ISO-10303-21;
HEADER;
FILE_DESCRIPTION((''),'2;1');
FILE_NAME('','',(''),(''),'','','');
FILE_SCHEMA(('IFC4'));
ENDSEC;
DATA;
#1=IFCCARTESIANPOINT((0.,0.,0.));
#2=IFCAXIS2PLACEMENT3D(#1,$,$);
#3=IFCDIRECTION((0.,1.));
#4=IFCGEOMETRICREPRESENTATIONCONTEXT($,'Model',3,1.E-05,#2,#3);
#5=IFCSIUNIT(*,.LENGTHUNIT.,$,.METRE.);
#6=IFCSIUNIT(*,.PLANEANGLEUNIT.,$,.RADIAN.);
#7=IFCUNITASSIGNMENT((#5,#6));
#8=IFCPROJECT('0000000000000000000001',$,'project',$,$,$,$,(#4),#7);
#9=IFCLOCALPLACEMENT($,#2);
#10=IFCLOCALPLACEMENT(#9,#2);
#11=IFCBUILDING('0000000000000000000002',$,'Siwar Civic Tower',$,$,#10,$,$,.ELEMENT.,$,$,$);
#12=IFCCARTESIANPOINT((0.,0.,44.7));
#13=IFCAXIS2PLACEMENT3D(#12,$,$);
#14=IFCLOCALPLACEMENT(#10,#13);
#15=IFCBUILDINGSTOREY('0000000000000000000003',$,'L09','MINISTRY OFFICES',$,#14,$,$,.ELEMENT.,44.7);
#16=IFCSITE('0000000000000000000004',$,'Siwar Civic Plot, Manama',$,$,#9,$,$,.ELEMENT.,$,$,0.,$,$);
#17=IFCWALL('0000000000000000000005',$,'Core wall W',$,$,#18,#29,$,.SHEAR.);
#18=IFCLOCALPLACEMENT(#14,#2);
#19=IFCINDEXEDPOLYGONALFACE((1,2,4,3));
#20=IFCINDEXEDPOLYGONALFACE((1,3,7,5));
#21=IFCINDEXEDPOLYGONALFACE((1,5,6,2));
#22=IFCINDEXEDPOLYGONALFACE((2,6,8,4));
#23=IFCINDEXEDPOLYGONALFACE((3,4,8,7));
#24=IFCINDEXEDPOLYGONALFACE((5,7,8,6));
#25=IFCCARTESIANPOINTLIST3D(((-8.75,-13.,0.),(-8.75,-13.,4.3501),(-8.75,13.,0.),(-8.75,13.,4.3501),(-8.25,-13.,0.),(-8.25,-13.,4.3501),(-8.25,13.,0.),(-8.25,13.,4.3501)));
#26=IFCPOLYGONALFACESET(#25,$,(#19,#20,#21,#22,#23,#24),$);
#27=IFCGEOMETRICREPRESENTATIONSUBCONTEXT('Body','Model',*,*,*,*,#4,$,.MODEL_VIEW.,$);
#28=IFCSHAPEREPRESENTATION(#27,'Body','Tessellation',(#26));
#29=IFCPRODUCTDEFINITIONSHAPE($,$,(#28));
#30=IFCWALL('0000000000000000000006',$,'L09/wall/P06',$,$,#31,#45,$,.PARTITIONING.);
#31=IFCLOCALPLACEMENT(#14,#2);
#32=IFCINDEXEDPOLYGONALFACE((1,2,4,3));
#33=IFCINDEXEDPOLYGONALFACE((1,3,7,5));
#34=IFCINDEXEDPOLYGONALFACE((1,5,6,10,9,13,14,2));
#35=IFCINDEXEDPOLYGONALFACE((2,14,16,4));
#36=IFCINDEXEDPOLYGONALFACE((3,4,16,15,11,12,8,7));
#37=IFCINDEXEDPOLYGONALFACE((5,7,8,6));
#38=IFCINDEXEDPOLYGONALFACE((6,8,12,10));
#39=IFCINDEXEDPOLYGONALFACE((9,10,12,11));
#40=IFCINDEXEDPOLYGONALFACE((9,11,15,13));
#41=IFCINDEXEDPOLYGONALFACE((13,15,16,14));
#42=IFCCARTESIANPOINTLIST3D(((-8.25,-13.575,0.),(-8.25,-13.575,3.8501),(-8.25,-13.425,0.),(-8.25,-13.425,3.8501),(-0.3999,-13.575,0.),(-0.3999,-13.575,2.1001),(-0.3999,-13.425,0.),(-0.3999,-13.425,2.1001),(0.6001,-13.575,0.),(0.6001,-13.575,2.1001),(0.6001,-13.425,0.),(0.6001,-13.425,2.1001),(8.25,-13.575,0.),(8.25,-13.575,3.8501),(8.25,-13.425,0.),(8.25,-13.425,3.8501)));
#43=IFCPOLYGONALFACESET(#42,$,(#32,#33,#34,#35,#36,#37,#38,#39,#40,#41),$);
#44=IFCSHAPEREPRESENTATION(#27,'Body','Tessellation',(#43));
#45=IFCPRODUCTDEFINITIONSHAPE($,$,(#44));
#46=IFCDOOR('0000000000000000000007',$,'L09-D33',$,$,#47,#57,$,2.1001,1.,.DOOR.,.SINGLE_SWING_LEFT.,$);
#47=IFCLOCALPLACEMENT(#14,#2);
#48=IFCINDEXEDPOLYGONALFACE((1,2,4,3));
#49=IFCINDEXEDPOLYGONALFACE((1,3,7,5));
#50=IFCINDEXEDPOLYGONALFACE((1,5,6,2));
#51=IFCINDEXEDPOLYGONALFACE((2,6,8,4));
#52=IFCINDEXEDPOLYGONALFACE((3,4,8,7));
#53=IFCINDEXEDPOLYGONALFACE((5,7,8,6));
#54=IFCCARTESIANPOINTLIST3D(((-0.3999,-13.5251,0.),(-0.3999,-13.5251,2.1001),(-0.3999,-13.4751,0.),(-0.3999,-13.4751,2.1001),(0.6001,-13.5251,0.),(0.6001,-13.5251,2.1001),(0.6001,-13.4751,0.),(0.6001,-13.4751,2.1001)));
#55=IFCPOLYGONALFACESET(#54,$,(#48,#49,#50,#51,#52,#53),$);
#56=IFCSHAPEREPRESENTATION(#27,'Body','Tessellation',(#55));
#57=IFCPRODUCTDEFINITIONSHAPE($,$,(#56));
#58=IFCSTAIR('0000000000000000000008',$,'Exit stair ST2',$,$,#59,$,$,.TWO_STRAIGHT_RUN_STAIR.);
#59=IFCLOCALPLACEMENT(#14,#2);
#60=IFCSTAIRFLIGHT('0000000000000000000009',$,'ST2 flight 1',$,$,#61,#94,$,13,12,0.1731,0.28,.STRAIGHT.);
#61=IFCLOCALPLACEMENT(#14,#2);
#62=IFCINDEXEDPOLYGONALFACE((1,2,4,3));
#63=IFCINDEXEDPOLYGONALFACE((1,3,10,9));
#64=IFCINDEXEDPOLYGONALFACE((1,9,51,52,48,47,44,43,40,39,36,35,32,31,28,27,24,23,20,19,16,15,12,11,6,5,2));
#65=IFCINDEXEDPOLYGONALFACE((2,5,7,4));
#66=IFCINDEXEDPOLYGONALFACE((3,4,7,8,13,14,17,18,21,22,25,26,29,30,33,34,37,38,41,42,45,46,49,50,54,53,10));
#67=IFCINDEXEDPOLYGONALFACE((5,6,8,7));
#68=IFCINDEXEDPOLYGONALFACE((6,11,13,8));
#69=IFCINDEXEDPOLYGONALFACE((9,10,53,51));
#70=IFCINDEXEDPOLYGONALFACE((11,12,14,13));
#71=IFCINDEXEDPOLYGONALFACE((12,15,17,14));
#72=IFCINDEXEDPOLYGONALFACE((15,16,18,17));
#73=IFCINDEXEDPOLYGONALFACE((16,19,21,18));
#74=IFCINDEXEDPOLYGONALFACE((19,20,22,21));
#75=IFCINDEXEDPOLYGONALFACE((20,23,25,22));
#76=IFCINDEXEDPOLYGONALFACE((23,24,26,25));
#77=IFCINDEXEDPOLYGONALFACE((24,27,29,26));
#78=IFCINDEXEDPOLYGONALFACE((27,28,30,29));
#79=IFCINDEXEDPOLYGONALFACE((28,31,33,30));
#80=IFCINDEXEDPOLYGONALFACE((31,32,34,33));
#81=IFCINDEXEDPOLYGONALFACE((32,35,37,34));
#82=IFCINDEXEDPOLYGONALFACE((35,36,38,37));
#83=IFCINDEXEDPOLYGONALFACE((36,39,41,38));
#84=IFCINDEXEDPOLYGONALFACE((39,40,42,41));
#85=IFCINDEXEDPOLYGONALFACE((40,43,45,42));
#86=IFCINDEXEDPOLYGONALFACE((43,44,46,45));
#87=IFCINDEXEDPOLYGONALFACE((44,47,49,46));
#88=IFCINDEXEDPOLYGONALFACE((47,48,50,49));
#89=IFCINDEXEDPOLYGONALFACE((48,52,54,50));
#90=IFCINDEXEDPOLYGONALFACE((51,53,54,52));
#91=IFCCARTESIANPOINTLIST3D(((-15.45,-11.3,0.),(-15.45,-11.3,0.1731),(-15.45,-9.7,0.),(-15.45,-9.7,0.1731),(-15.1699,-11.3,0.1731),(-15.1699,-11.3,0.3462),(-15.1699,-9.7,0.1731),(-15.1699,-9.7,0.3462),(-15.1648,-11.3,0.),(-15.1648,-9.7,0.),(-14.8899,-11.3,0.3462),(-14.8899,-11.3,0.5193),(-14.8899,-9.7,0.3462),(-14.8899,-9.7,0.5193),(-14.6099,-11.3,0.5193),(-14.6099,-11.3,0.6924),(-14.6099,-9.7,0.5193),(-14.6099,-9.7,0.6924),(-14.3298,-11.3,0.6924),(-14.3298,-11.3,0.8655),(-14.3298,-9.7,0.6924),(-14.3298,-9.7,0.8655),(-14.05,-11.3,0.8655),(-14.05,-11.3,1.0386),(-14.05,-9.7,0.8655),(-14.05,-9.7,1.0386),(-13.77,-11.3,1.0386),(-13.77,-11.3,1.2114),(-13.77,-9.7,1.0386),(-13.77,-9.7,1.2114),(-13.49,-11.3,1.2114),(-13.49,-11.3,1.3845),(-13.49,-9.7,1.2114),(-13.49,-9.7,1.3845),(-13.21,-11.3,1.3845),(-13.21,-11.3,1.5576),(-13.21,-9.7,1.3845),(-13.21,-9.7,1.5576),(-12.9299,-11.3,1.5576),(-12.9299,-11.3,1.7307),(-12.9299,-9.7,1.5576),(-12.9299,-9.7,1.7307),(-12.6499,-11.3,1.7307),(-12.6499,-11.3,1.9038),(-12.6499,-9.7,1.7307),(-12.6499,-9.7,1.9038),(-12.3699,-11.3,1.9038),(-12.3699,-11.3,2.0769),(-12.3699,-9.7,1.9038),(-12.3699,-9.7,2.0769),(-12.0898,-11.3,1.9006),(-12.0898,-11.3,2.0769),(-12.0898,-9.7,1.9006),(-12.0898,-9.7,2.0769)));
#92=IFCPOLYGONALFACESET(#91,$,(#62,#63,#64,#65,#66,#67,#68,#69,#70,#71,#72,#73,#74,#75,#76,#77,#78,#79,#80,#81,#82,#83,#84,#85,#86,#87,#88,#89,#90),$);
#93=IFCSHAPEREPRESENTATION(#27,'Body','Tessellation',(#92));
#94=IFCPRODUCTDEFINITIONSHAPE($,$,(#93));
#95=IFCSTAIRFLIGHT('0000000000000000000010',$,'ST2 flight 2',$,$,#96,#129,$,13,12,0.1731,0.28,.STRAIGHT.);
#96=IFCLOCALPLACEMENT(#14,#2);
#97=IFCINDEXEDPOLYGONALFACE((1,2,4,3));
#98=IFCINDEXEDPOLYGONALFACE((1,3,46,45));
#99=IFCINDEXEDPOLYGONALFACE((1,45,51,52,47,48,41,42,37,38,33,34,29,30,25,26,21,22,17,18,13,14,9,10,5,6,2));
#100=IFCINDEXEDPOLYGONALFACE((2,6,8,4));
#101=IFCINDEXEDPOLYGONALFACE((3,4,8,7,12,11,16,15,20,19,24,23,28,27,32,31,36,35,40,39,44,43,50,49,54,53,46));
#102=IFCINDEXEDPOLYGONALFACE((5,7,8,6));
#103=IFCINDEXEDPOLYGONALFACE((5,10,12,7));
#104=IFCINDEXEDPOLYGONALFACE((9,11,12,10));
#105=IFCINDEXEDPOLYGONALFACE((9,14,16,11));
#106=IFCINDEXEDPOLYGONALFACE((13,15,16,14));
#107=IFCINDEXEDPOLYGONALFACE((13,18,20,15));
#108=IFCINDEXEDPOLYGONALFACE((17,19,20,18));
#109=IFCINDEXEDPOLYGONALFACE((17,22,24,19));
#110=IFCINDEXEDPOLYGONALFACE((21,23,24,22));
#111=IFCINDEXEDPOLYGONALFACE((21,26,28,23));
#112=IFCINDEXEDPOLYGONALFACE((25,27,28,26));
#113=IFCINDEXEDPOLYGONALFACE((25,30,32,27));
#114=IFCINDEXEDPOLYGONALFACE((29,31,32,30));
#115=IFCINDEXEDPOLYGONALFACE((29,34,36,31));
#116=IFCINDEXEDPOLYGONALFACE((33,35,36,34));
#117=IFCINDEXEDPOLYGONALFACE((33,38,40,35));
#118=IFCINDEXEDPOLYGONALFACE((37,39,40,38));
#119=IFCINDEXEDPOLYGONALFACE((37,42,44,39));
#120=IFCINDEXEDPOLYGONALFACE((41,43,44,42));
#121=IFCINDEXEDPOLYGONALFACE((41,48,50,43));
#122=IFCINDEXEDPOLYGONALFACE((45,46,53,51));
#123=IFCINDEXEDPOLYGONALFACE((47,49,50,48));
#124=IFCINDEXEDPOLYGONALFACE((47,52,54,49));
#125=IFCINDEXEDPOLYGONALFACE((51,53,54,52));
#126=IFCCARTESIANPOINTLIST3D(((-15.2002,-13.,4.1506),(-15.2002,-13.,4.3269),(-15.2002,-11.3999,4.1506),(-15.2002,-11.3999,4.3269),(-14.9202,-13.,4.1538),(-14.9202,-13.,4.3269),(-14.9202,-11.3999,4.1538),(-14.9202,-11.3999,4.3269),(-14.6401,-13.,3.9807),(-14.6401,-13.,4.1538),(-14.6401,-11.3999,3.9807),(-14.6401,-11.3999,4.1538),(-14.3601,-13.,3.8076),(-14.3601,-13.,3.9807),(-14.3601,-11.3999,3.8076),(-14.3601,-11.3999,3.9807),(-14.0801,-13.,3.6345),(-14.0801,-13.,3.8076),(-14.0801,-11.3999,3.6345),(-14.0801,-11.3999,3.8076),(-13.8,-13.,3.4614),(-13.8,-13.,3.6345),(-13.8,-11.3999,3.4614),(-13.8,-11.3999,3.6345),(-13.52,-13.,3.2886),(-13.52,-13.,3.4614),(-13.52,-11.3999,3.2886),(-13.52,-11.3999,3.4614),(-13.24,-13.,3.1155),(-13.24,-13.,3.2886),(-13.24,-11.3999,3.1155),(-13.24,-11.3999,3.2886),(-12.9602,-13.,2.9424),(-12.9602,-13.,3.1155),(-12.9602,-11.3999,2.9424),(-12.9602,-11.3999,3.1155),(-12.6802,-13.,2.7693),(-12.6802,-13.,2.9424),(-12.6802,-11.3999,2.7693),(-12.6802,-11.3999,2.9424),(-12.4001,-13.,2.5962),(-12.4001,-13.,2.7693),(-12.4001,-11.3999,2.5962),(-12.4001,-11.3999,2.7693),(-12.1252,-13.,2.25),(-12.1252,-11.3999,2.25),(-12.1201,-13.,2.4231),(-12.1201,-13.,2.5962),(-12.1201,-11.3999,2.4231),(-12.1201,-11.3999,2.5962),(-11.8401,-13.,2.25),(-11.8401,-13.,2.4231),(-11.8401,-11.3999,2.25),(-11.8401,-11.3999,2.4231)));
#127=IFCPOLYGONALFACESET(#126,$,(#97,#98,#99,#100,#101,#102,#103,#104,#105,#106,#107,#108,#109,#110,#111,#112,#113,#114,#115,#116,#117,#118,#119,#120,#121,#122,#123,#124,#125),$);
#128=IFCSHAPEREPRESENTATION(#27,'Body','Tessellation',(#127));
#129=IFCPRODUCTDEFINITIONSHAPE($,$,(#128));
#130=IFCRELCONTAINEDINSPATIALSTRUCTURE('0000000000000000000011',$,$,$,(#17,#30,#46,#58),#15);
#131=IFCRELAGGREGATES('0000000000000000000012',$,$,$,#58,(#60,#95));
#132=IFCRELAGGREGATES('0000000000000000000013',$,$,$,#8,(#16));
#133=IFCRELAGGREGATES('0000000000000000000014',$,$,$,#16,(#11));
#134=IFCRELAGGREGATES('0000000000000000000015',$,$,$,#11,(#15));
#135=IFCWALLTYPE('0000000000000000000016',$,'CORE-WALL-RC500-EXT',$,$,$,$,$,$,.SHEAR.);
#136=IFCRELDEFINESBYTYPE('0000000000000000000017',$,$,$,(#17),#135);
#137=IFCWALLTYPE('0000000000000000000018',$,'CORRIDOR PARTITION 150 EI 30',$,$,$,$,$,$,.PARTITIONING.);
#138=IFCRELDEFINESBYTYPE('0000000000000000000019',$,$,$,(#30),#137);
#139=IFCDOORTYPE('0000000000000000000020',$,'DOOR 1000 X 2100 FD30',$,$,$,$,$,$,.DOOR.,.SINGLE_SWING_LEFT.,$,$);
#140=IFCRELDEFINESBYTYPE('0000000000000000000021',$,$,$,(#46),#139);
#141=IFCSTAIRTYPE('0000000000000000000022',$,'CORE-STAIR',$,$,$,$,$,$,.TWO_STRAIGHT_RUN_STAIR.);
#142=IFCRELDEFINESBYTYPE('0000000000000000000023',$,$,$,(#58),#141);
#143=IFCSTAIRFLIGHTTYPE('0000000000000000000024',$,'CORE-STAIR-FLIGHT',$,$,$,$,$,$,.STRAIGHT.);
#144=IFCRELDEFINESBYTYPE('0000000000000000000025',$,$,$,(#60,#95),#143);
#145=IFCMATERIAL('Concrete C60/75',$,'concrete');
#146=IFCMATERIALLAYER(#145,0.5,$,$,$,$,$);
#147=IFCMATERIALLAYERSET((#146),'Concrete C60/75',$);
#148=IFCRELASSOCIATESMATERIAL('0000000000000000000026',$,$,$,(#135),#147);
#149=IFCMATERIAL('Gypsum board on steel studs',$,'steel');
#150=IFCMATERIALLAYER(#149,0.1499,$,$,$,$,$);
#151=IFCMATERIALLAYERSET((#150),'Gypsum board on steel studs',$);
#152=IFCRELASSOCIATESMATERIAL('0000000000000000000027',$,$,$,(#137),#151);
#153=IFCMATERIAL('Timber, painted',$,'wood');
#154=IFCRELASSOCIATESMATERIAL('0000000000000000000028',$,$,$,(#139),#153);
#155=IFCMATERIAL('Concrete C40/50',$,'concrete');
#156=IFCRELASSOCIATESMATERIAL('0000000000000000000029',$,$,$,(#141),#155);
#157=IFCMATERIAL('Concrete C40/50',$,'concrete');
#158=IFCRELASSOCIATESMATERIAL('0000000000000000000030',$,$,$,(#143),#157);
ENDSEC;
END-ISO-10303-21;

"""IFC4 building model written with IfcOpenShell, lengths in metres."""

from ifc_helpers import new_model, si_unit, direction, frame, frame_2d, origin, place, context, subcontext, project, spatial, polyline, rectangle, outline, extrude, material, layer, layer_set, type_object, element, fill, aggregate, save


model = new_model("IFC4")

# Units and contexts
model_context = context("Model", 3, precision=1e-05, world=origin(), true_north=direction((0.0, 1.0)))
body_context = subcontext(model_context, "Body", "Model", "MODEL_VIEW")
ifc_project = project(units=[si_unit("LENGTHUNIT", "METRE"), si_unit("PLANEANGLEUNIT", "RADIAN")], contexts=[model_context])

# Site, building, storey
site_placement = place(None, origin())
site = spatial("IfcSite", under=ifc_project, at=site_placement, Name="Siwar Civic Plot, Manama", CompositionType="ELEMENT", RefElevation=0.0)
building_placement = place(site_placement, origin())
building = spatial("IfcBuilding", under=site, at=building_placement, Name="Siwar Civic Tower", CompositionType="ELEMENT")
storey_placement = place(building_placement, frame((0.0, 0.0, 44.7)))
storey = spatial("IfcBuildingStorey", under=building, at=storey_placement, Name="L09", Description="MINISTRY OFFICES", CompositionType="ELEMENT", Elevation=44.7)

# Wall
ifc_material_1 = material(Name="Concrete C60/75", Category="concrete")
ifc_layer_1 = layer(ifc_material_1, 0.5)
ifc_layer_set_1 = layer_set([ifc_layer_1], Name="Concrete C60/75")
wall_type_1 = type_object("IfcWallType", Name="CORE-WALL-RC500-EXT", PredefinedType="SHEAR", material=ifc_layer_set_1)
wall_1_placement = place(storey_placement, frame((-8.5, -13.0, 0.0), z_axis=(0.0, 0.0, 1.0), x_axis=(0.0, 1.0, 0.0)))
element("IfcWall", 1, at=wall_1_placement, inside=storey, type_object=wall_type_1, Name="Core wall W", PredefinedType="SHEAR", context=body_context, shape_type="SweptSolid", body=[
    extrude(rectangle(XDim=26.0, YDim=0.5, at=frame_2d((13.0, 0.0))), origin(), (0.0, 0.0, 1.0), 4.3501),
])

# Wall, opening, door
ifc_material_2 = material(Name="Gypsum board on steel studs", Category="steel")
ifc_layer_2 = layer(ifc_material_2, 0.1499)
ifc_layer_set_2 = layer_set([ifc_layer_2], Name="Gypsum board on steel studs")
wall_type_2 = type_object("IfcWallType", Name="CORRIDOR PARTITION 150 EI 30", PredefinedType="PARTITIONING", material=ifc_layer_set_2)
wall_2_placement = place(storey_placement, frame((-8.25, -13.5, 0.0), z_axis=(0.0, 0.0, 1.0), x_axis=(1.0, 0.0, 0.0)))
wall_2 = element("IfcWall", 2, at=wall_2_placement, inside=storey, type_object=wall_type_2, Name="L09/wall/P06", PredefinedType="PARTITIONING", context=body_context, shape_type="SweptSolid", body=[
    extrude(rectangle(XDim=16.5, YDim=0.1499, at=frame_2d((8.25, 0.0))), origin(), (0.0, 0.0, 1.0), 3.8501),
])
opening_1_placement = place(wall_2_placement, frame((7.8501, 0.0, 0.0)))
opening_1 = element("IfcOpeningElement", 3, at=opening_1_placement, cuts=wall_2, PredefinedType="OPENING", context=body_context, shape_type="SweptSolid", body=[
    extrude(rectangle(XDim=1.0, YDim=2.1001, at=frame_2d((0.5, 1.05))), frame((0.0, 0.085, 0.0), z_axis=(0.0, -1.0, 0.0), x_axis=(1.0, 0.0, 0.0)), (0.0, 0.0, 1.0), 0.1699),
])
ifc_material_3 = material(Name="Timber, painted", Category="wood")
door_type_1 = type_object("IfcDoorType", Name="DOOR 1000 X 2100 FD30", OperationType="SINGLE_SWING_LEFT", PredefinedType="DOOR", material=ifc_material_3)
door_1_placement = place(opening_1_placement, origin())
door_1 = element("IfcDoor", 4, at=door_1_placement, inside=storey, type_object=door_type_1, Name="L09-D33", OperationType="SINGLE_SWING_LEFT", OverallHeight=2.1001, OverallWidth=1.0, PredefinedType="DOOR", context=body_context, shape_type="SweptSolid", body=[
    extrude(rectangle(XDim=1.0, YDim=2.1001, at=frame_2d((0.5, 1.05))), frame((0.0, 0.0249, 0.0), z_axis=(0.0, -1.0, 0.0), x_axis=(1.0, 0.0, 0.0)), (0.0, 0.0, 1.0), 0.05),
])
fill(opening_1, door_1)

# Stair, stair flights
ifc_material_4 = material(Name="Concrete C40/50", Category="concrete")
stair_type = type_object("IfcStairType", Name="CORE-STAIR", PredefinedType="TWO_STRAIGHT_RUN_STAIR", material=ifc_material_4)
stair_placement = place(storey_placement, origin())
stair = element("IfcStair", 5, at=stair_placement, inside=storey, type_object=stair_type, Name="Exit stair ST2", PredefinedType="TWO_STRAIGHT_RUN_STAIR")
ifc_material_5 = material(Name="Concrete C40/50", Category="concrete")
stair_flight_type = type_object("IfcStairFlightType", Name="CORE-STAIR-FLIGHT", PredefinedType="STRAIGHT", material=ifc_material_5)
stair_flight_1_placement = place(storey_placement, frame((-15.45, -10.5, 0.0), z_axis=(0.0, 0.0, 1.0), x_axis=(1.0, 0.0, 0.0)))
stair_flight_1 = element("IfcStairFlight", 6, at=stair_flight_1_placement, type_object=stair_flight_type, Name="ST2 flight 1", NumberOfRisers=13, NumberOfTreads=12, PredefinedType="STRAIGHT", RiserHeight=0.1731, TreadLength=0.28, context=body_context, shape_type="SweptSolid", body=[
    extrude(outline(polyline([(0.0, 0.0), (0.0, 0.1731), (0.28, 0.1731), (0.28, 0.3462), (0.5601, 0.3462), (0.5601, 0.5193), (0.8401, 0.5193), (0.8401, 0.6924), (1.1201, 0.6924), (1.1201, 0.8655), (1.3999, 0.8655), (1.3999, 1.0386), (1.6799, 1.0386), (1.6799, 1.2114), (1.96, 1.2114), (1.96, 1.3845), (2.24, 1.3845), (2.24, 1.5576), (2.52, 1.5576), (2.52, 1.7307), (2.8, 1.7307), (2.8, 1.9038), (3.0801, 1.9038), (3.0801, 2.0769), (3.3601, 2.0769), (3.3601, 2.25), (3.3601, 1.9006), (0.2852, 0.0), (0.0, 0.0)])), frame((0.0, 0.8, 0.0), z_axis=(0.0, -1.0, 0.0), x_axis=(1.0, 0.0, 0.0)), (0.0, 0.0, 1.0), 1.6001),
])
stair_flight_2_placement = place(storey_placement, frame((-11.8401, -12.2, 2.25), z_axis=(0.0, 0.0, 1.0), x_axis=(-1.0, 0.0, 0.0)))
stair_flight_2 = element("IfcStairFlight", 7, at=stair_flight_2_placement, type_object=stair_flight_type, Name="ST2 flight 2", NumberOfRisers=13, NumberOfTreads=12, PredefinedType="STRAIGHT", RiserHeight=0.1731, TreadLength=0.28, context=body_context, shape_type="SweptSolid", body=[
    extrude(outline(polyline([(0.0, 0.0), (0.0, 0.1731), (0.28, 0.1731), (0.28, 0.3462), (0.5601, 0.3462), (0.5601, 0.5193), (0.8401, 0.5193), (0.8401, 0.6924), (1.1201, 0.6924), (1.1201, 0.8655), (1.3999, 0.8655), (1.3999, 1.0386), (1.6799, 1.0386), (1.6799, 1.2114), (1.96, 1.2114), (1.96, 1.3845), (2.24, 1.3845), (2.24, 1.5576), (2.52, 1.5576), (2.52, 1.7307), (2.8, 1.7307), (2.8, 1.9038), (3.0801, 1.9038), (3.0801, 2.0769), (3.3601, 2.0769), (3.3601, 2.25), (3.3601, 1.9006), (0.2852, 0.0), (0.0, 0.0)])), frame((0.0, 0.8, 0.0), z_axis=(0.0, -1.0, 0.0), x_axis=(1.0, 0.0, 0.0)), (0.0, 0.0, 1.0), 1.6001),
])
aggregate(stair, [stair_flight_1, stair_flight_2])

save(model, "model.ifc")
